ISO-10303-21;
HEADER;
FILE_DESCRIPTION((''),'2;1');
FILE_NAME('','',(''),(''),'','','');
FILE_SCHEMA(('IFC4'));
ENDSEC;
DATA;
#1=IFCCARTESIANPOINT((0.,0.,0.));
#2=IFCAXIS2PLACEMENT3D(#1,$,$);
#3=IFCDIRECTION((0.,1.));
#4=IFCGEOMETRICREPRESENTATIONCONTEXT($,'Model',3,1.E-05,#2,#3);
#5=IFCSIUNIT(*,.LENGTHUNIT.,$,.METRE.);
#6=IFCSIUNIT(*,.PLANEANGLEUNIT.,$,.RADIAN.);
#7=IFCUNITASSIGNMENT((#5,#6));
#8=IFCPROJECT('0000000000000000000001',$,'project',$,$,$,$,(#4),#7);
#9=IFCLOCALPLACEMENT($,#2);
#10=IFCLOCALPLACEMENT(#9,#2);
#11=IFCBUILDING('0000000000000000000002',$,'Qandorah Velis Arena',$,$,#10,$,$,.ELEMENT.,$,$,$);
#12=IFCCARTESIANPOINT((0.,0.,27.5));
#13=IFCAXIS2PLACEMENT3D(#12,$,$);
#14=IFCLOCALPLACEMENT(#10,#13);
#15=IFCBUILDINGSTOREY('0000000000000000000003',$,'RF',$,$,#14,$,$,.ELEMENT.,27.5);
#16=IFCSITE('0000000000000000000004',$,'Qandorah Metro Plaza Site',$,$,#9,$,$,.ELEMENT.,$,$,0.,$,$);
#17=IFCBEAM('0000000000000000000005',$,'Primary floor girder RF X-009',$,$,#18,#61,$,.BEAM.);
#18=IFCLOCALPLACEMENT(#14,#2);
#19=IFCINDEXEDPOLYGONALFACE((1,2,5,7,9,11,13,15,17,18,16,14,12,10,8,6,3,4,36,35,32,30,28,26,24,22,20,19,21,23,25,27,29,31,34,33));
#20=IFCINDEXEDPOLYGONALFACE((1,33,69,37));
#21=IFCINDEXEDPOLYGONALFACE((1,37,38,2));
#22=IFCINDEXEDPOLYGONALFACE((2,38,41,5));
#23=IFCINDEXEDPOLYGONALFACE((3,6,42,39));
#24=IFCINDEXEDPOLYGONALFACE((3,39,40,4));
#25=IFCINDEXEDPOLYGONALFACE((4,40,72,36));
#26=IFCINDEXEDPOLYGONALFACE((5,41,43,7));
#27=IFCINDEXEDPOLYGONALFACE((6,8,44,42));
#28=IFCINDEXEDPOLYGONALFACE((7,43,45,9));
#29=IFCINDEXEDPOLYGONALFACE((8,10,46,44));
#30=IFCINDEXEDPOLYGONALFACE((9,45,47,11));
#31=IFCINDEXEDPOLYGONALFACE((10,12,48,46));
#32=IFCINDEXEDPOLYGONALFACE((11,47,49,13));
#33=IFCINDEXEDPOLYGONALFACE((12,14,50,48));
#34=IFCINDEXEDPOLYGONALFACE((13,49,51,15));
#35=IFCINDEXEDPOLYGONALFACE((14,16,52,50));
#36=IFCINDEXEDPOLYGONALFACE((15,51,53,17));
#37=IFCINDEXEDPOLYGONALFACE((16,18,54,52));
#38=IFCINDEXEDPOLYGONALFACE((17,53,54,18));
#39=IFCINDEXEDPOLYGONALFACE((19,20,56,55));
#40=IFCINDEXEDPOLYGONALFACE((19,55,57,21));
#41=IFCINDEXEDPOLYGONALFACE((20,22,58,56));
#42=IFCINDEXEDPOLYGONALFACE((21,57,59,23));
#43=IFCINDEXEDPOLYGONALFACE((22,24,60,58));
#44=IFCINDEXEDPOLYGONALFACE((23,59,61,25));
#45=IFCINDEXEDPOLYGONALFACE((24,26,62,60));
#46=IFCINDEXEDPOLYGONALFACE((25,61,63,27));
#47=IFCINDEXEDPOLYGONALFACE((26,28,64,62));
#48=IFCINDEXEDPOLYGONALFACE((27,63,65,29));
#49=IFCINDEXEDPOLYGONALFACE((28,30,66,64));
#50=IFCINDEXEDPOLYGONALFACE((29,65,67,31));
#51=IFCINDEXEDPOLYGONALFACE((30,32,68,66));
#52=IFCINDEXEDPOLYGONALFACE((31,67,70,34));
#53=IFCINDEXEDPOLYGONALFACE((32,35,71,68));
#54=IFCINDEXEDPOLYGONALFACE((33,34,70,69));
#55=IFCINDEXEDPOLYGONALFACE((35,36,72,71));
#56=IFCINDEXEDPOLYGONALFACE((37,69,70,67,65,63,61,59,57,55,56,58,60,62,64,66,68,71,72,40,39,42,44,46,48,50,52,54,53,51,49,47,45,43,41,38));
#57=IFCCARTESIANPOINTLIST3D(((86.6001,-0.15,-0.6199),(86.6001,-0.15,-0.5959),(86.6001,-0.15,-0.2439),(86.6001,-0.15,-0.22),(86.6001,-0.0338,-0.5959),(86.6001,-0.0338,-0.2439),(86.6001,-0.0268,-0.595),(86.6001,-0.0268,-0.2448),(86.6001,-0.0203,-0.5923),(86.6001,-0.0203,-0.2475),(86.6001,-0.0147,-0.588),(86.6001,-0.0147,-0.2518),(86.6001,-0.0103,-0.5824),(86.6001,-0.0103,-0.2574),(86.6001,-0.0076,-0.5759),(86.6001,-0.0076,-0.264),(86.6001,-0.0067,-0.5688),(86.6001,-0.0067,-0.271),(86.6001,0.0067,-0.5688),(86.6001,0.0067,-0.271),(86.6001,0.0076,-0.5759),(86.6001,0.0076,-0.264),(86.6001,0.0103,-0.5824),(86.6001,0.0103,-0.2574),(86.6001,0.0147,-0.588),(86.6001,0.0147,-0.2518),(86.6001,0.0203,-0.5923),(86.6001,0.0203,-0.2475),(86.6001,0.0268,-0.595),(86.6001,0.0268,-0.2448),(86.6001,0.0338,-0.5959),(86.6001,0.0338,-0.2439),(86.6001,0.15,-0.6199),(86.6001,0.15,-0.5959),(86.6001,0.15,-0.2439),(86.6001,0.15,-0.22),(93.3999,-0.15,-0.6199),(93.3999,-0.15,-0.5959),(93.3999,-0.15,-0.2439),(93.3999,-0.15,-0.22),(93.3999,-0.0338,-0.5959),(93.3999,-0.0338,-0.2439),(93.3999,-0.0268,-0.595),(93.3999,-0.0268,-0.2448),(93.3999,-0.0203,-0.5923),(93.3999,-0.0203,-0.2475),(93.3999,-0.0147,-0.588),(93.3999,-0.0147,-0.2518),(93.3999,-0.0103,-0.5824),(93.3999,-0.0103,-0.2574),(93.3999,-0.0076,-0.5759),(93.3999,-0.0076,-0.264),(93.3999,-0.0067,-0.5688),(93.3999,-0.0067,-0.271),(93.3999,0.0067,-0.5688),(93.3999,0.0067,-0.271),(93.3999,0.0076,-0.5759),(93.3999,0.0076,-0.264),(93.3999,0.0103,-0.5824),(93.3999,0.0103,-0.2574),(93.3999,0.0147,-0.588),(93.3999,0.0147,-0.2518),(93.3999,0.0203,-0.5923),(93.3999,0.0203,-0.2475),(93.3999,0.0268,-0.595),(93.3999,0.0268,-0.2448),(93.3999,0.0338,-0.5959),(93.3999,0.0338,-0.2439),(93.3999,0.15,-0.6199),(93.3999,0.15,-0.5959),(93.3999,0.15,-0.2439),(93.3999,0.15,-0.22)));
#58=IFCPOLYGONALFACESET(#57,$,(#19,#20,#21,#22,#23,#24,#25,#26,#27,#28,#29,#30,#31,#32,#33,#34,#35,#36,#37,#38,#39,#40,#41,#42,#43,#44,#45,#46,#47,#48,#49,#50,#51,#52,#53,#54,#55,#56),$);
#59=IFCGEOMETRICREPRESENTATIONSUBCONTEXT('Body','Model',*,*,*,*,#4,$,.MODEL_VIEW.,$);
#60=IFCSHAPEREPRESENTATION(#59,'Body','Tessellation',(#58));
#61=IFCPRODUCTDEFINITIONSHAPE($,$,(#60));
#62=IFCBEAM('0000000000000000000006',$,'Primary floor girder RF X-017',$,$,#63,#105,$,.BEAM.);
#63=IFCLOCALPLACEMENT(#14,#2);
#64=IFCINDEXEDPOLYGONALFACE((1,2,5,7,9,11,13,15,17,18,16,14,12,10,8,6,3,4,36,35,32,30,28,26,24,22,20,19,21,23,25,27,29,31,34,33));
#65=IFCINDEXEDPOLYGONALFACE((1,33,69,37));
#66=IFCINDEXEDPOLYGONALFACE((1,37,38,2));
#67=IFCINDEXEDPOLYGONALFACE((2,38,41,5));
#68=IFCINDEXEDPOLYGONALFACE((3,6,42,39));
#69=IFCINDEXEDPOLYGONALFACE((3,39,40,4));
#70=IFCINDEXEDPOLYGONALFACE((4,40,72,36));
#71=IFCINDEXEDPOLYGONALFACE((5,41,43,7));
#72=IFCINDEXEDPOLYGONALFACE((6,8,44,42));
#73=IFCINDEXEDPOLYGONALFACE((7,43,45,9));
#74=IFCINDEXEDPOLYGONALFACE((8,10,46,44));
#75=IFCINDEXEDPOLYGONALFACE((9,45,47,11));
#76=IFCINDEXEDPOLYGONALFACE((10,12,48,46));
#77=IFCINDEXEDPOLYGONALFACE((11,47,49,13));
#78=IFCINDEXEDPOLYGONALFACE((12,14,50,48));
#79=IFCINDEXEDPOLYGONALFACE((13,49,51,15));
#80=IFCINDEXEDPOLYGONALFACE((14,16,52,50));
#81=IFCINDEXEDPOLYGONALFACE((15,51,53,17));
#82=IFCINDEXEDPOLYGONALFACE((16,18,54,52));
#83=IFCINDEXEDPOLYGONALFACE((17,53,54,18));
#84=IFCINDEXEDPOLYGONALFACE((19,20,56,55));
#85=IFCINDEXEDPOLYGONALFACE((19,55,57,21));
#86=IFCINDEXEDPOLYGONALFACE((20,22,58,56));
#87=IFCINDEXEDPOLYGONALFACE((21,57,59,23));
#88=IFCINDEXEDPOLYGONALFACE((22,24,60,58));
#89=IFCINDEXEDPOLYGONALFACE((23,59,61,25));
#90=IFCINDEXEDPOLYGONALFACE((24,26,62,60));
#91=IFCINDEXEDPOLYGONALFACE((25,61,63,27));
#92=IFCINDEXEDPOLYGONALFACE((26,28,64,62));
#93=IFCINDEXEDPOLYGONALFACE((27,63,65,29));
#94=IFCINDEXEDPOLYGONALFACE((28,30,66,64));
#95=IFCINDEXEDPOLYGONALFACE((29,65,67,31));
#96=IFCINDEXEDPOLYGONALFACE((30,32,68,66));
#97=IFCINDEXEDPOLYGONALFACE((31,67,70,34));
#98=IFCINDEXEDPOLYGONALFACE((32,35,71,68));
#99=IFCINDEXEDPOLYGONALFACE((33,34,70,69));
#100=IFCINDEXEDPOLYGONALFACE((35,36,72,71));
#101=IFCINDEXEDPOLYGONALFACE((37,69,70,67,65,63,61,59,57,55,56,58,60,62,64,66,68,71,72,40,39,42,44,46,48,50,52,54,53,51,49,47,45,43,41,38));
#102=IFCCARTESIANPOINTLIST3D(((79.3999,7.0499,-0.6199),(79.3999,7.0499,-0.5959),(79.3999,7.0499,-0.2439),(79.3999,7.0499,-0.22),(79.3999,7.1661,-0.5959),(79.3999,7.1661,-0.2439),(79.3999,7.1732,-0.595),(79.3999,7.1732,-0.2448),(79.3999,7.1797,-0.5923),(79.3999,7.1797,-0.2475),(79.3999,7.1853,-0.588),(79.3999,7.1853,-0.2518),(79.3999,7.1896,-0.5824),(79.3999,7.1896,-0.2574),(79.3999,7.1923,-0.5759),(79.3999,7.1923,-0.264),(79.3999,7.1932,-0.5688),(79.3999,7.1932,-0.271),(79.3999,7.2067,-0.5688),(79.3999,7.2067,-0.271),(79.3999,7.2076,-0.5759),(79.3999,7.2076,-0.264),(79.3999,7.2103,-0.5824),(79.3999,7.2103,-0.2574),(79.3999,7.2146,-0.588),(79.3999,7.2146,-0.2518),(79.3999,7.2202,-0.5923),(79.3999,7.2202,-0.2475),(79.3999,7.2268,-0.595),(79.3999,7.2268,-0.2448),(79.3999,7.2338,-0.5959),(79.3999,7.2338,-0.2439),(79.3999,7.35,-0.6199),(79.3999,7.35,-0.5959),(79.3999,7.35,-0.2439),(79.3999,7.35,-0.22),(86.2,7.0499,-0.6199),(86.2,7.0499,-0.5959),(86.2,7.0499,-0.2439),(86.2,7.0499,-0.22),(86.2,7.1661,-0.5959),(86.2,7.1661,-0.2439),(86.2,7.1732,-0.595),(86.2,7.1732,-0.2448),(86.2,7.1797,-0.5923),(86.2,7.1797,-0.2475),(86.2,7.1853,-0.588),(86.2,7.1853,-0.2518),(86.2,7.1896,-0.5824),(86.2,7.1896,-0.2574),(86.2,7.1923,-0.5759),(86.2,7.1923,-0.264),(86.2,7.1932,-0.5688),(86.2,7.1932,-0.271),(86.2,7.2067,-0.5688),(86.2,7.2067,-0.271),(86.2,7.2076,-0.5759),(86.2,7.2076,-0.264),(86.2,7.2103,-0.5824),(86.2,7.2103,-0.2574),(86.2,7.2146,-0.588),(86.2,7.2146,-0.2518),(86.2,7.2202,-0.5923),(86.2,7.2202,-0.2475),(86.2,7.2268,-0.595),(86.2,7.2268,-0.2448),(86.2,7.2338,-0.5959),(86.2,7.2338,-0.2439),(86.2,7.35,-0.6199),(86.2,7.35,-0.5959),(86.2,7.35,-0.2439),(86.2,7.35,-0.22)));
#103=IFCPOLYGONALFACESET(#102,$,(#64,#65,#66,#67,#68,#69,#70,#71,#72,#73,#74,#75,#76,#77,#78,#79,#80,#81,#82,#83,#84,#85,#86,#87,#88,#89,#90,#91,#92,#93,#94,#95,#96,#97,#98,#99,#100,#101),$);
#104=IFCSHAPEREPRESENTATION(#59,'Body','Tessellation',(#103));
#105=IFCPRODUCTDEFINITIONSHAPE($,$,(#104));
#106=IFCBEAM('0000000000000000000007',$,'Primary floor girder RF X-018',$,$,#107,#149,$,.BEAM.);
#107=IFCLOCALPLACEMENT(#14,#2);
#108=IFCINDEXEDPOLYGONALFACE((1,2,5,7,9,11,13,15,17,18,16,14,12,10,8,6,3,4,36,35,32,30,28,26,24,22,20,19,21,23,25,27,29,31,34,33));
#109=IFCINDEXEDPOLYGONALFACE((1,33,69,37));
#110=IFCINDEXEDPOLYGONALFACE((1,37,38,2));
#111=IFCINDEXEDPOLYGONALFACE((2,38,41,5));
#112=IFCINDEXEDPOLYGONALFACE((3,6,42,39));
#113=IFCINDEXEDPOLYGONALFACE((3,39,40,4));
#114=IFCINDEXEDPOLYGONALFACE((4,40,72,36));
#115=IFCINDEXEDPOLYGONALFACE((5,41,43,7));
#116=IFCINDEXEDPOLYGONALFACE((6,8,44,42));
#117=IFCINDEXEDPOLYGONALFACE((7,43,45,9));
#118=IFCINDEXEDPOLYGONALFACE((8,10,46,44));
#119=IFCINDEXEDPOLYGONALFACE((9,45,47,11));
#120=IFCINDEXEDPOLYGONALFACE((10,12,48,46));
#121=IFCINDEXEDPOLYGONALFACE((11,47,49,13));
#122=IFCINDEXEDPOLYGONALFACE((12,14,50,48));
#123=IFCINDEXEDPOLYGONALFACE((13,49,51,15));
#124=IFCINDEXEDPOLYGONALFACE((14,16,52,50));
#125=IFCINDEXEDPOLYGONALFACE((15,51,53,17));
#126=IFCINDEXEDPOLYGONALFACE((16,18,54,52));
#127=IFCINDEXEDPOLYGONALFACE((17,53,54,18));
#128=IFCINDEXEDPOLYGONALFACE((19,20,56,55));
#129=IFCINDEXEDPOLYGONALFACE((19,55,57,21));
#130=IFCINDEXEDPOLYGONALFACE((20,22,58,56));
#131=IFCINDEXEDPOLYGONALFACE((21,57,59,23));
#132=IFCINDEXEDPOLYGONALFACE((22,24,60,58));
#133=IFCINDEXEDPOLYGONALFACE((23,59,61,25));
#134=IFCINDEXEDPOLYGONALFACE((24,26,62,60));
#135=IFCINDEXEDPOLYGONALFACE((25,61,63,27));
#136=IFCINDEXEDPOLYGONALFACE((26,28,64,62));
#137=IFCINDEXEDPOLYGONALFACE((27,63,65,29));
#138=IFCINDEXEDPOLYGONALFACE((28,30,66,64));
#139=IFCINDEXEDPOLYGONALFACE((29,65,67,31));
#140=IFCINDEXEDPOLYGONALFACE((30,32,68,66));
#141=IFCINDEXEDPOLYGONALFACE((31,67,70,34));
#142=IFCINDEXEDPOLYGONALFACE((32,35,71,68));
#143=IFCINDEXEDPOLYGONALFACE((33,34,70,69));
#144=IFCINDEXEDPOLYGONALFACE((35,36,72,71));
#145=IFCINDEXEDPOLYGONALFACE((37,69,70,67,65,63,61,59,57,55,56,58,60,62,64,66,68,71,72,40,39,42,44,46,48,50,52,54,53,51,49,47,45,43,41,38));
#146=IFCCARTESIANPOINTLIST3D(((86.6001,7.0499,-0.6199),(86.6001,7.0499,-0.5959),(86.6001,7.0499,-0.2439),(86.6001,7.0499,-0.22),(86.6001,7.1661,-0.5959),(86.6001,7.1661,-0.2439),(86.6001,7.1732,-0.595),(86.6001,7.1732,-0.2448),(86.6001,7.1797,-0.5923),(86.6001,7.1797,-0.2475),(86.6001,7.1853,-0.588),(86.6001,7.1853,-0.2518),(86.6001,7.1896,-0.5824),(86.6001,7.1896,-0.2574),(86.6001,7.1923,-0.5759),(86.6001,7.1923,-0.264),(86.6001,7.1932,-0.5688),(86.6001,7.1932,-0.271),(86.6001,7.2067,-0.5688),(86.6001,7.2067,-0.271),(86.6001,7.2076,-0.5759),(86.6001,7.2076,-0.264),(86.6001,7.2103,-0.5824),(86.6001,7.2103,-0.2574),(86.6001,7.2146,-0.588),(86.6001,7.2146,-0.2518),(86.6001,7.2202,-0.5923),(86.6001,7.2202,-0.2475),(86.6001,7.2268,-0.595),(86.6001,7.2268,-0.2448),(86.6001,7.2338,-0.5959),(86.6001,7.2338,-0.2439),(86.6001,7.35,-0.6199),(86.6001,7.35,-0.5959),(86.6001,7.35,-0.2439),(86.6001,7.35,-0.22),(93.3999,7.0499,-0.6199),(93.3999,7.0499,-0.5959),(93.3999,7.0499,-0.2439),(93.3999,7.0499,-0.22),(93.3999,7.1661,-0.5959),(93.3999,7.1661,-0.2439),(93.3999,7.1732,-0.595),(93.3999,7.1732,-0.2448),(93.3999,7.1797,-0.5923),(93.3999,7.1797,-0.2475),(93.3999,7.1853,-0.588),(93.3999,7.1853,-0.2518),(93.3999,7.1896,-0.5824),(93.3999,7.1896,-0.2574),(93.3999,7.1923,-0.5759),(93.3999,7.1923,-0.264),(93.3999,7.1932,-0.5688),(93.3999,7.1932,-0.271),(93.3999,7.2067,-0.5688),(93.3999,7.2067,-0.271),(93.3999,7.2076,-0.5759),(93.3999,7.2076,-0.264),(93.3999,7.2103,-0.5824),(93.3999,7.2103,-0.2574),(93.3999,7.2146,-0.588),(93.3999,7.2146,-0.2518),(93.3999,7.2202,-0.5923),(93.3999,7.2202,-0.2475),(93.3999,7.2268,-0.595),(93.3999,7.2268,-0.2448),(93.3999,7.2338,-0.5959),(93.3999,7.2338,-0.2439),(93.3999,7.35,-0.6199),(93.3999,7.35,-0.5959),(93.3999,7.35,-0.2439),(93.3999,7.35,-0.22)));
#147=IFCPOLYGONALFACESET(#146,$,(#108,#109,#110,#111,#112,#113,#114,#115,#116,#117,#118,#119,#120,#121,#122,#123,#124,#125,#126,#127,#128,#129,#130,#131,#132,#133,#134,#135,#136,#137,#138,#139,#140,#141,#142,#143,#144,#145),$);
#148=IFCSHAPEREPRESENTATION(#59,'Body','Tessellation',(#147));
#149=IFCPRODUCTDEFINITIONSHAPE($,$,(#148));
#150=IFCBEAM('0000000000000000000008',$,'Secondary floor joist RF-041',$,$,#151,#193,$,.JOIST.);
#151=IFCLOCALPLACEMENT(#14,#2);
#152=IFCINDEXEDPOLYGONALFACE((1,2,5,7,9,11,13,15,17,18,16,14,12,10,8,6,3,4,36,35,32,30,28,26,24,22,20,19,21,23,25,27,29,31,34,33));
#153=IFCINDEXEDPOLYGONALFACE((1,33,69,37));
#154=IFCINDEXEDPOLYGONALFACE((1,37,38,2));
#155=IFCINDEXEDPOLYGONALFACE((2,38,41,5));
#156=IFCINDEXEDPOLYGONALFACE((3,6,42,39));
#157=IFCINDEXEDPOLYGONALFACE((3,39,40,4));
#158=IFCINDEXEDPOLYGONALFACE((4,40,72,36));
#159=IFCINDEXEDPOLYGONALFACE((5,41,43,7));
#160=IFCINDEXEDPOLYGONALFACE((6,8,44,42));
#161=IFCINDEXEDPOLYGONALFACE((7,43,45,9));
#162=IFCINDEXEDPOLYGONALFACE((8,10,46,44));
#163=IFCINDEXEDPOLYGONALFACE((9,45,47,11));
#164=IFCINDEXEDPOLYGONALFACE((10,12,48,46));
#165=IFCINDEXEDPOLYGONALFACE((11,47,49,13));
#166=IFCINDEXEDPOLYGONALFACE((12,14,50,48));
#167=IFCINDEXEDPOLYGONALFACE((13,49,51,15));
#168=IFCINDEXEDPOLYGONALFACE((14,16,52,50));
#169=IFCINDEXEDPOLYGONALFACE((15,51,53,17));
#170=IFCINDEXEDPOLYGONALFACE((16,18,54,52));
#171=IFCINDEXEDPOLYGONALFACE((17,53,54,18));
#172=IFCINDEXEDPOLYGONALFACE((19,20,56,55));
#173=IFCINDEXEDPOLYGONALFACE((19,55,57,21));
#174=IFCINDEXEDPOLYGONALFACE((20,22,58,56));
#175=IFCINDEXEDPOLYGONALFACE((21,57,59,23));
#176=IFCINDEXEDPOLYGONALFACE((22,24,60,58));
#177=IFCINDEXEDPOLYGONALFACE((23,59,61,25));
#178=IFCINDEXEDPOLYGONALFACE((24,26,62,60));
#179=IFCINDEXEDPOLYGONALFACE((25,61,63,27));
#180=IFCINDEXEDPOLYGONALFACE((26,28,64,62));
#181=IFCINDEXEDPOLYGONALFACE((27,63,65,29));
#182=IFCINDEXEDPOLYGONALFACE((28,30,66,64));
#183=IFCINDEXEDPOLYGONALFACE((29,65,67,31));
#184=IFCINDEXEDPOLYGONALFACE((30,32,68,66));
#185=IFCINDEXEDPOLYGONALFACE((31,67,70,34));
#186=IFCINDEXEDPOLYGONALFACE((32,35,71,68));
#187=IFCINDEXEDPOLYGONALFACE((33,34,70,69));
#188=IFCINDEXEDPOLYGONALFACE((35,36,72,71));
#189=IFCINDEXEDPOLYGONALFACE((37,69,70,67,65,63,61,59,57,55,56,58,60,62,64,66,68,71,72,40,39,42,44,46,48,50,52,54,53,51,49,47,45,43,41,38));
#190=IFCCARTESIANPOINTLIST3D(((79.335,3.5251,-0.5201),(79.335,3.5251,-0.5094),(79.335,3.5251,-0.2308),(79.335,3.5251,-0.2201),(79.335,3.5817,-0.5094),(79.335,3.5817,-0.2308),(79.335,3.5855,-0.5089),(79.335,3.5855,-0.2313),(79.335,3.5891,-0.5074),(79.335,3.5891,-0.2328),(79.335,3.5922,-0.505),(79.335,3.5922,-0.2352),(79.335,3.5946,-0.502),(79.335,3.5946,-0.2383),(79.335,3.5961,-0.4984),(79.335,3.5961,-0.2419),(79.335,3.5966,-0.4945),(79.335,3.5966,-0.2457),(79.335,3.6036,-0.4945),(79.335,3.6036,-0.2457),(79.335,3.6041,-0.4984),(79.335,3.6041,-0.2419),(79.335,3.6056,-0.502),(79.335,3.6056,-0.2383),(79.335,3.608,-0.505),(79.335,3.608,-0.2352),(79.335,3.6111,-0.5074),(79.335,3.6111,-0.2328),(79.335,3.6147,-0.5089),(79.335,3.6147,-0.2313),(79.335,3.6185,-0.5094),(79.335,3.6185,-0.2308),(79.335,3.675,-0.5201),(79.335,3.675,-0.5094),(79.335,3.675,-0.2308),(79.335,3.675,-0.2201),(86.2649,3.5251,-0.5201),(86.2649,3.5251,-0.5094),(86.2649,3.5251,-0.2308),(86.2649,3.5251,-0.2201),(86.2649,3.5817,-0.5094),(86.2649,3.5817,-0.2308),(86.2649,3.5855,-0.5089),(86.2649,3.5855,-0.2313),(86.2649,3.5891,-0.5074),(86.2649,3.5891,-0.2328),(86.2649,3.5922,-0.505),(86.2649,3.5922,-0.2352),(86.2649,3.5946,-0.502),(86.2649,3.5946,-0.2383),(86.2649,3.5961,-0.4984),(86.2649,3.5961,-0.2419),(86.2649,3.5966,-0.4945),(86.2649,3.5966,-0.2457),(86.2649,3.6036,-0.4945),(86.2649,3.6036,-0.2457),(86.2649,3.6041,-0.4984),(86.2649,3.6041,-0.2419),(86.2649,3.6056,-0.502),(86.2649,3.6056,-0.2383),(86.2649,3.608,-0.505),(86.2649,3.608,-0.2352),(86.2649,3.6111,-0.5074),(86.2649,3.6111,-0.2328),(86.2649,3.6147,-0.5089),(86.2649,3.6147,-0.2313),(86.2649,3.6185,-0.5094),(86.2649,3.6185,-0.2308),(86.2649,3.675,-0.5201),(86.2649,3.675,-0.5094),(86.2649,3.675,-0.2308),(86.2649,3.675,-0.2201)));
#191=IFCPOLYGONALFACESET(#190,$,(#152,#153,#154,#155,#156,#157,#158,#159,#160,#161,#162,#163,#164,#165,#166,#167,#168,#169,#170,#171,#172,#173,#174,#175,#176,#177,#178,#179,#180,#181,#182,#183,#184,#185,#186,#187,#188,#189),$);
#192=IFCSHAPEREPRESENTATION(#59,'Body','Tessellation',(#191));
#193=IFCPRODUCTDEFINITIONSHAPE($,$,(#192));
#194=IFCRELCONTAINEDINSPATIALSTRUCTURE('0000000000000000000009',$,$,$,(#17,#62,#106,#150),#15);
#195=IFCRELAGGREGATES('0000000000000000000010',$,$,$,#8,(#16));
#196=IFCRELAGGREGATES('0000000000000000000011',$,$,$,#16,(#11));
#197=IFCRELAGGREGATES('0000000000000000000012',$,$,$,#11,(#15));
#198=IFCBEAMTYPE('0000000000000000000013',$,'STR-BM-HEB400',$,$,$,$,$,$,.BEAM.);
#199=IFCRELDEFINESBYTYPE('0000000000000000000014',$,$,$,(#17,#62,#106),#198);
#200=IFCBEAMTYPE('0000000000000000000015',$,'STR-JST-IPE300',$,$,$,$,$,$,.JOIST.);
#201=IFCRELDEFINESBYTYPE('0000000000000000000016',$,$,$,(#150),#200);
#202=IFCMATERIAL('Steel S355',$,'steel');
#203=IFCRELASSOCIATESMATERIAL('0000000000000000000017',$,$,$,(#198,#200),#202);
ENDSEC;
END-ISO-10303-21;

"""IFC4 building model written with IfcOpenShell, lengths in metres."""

from ifc_helpers import new_model, si_unit, direction, frame, origin, origin_2d, place, context, subcontext, project, spatial, i_section, extrude, material, material_profile, profile_set, type_object, element, save


model = new_model("IFC4")

# Units and contexts
model_context = context("Model", 3, precision=1e-05, world=origin(), true_north=direction((0.0, 1.0)))
body_context = subcontext(model_context, "Body", "Model", "MODEL_VIEW")
ifc_project = project(units=[si_unit("LENGTHUNIT", "METRE"), si_unit("PLANEANGLEUNIT", "RADIAN")], contexts=[model_context])

# Site, building, storey
site_placement = place(None, origin())
site = spatial("IfcSite", under=ifc_project, at=site_placement, Name="Qandorah Metro Plaza Site", CompositionType="ELEMENT", RefElevation=0.0)
building_placement = place(site_placement, origin())
building = spatial("IfcBuilding", under=site, at=building_placement, Name="Qandorah Velis Arena", CompositionType="ELEMENT")
storey_placement = place(building_placement, frame((0.0, 0.0, 27.5)))
storey = spatial("IfcBuildingStorey", under=building, at=storey_placement, Name="RF", CompositionType="ELEMENT", Elevation=27.5)

# Beams
ifc_material_1 = material(Name="Steel S355", Category="steel")
ifc_material_profile_1 = material_profile(ifc_material_1, i_section(OverallWidth=0.3, OverallDepth=0.3999, WebThickness=0.0134, FlangeThickness=0.0239, FilletRadius=0.0271, at=origin_2d()), Name="HEB 400")
ifc_profile_set_1 = profile_set([ifc_material_profile_1], Name="Steel S355")
beam_type_1 = type_object("IfcBeamType", Name="STR-BM-HEB400", PredefinedType="BEAM", material=ifc_profile_set_1)
beam_1_placement = place(storey_placement, frame((86.6001, 0.0, -0.4199), z_axis=(1.0, 0.0, 0.0), x_axis=(0.0, 1.0, 0.0)))
element("IfcBeam", 1, at=beam_1_placement, inside=storey, type_object=beam_type_1, Name="Primary floor girder RF X-009", PredefinedType="BEAM", context=body_context, shape_type="SweptSolid", body=[
    extrude(i_section(OverallWidth=0.3, OverallDepth=0.3999, WebThickness=0.0134, FlangeThickness=0.0239, FilletRadius=0.0271, at=origin_2d()), origin(), (0.0, 0.0, 1.0), 6.7998),
])
beam_2_placement = place(storey_placement, frame((79.3999, 7.2, -0.4199), z_axis=(1.0, 0.0, 0.0), x_axis=(0.0, 1.0, 0.0)))
element("IfcBeam", 2, at=beam_2_placement, inside=storey, type_object=beam_type_1, Name="Primary floor girder RF X-017", PredefinedType="BEAM", context=body_context, shape_type="SweptSolid", body=[
    extrude(i_section(OverallWidth=0.3, OverallDepth=0.3999, WebThickness=0.0134, FlangeThickness=0.0239, FilletRadius=0.0271, at=origin_2d()), origin(), (0.0, 0.0, 1.0), 6.8),
])
beam_3_placement = place(storey_placement, frame((86.6001, 7.2, -0.4199), z_axis=(1.0, 0.0, 0.0), x_axis=(0.0, 1.0, 0.0)))
element("IfcBeam", 3, at=beam_3_placement, inside=storey, type_object=beam_type_1, Name="Primary floor girder RF X-018", PredefinedType="BEAM", context=body_context, shape_type="SweptSolid", body=[
    extrude(i_section(OverallWidth=0.3, OverallDepth=0.3999, WebThickness=0.0134, FlangeThickness=0.0239, FilletRadius=0.0271, at=origin_2d()), origin(), (0.0, 0.0, 1.0), 6.7998),
])
ifc_material_profile_2 = material_profile(ifc_material_1, i_section(OverallWidth=0.1499, OverallDepth=0.3, WebThickness=0.0071, FlangeThickness=0.0107, FilletRadius=0.0149, at=origin_2d()), Name="IPE 300")
ifc_profile_set_2 = profile_set([ifc_material_profile_2], Name="Steel S355")
beam_type_2 = type_object("IfcBeamType", Name="STR-JST-IPE300", PredefinedType="JOIST", material=ifc_profile_set_2)
for number, where, z_axis, x_axis, name in (
    (4, (79.335, 3.6001, -0.3701), (1.0, 0.0, 0.0), (0.0, 1.0, 0.0), "Secondary floor joist RF-041"),
):
    element("IfcBeam", number, at=place(storey_placement, frame(where, z_axis=z_axis, x_axis=x_axis)), inside=storey, type_object=beam_type_2, Name=name, PredefinedType="JOIST", context=body_context, shape_type="SweptSolid", body=[
        extrude(i_section(OverallWidth=0.1499, OverallDepth=0.3, WebThickness=0.0071, FlangeThickness=0.0107, FilletRadius=0.0149, at=origin_2d()), origin(), (0.0, 0.0, 1.0), 6.9299),
    ])

save(model, "model.ifc")
